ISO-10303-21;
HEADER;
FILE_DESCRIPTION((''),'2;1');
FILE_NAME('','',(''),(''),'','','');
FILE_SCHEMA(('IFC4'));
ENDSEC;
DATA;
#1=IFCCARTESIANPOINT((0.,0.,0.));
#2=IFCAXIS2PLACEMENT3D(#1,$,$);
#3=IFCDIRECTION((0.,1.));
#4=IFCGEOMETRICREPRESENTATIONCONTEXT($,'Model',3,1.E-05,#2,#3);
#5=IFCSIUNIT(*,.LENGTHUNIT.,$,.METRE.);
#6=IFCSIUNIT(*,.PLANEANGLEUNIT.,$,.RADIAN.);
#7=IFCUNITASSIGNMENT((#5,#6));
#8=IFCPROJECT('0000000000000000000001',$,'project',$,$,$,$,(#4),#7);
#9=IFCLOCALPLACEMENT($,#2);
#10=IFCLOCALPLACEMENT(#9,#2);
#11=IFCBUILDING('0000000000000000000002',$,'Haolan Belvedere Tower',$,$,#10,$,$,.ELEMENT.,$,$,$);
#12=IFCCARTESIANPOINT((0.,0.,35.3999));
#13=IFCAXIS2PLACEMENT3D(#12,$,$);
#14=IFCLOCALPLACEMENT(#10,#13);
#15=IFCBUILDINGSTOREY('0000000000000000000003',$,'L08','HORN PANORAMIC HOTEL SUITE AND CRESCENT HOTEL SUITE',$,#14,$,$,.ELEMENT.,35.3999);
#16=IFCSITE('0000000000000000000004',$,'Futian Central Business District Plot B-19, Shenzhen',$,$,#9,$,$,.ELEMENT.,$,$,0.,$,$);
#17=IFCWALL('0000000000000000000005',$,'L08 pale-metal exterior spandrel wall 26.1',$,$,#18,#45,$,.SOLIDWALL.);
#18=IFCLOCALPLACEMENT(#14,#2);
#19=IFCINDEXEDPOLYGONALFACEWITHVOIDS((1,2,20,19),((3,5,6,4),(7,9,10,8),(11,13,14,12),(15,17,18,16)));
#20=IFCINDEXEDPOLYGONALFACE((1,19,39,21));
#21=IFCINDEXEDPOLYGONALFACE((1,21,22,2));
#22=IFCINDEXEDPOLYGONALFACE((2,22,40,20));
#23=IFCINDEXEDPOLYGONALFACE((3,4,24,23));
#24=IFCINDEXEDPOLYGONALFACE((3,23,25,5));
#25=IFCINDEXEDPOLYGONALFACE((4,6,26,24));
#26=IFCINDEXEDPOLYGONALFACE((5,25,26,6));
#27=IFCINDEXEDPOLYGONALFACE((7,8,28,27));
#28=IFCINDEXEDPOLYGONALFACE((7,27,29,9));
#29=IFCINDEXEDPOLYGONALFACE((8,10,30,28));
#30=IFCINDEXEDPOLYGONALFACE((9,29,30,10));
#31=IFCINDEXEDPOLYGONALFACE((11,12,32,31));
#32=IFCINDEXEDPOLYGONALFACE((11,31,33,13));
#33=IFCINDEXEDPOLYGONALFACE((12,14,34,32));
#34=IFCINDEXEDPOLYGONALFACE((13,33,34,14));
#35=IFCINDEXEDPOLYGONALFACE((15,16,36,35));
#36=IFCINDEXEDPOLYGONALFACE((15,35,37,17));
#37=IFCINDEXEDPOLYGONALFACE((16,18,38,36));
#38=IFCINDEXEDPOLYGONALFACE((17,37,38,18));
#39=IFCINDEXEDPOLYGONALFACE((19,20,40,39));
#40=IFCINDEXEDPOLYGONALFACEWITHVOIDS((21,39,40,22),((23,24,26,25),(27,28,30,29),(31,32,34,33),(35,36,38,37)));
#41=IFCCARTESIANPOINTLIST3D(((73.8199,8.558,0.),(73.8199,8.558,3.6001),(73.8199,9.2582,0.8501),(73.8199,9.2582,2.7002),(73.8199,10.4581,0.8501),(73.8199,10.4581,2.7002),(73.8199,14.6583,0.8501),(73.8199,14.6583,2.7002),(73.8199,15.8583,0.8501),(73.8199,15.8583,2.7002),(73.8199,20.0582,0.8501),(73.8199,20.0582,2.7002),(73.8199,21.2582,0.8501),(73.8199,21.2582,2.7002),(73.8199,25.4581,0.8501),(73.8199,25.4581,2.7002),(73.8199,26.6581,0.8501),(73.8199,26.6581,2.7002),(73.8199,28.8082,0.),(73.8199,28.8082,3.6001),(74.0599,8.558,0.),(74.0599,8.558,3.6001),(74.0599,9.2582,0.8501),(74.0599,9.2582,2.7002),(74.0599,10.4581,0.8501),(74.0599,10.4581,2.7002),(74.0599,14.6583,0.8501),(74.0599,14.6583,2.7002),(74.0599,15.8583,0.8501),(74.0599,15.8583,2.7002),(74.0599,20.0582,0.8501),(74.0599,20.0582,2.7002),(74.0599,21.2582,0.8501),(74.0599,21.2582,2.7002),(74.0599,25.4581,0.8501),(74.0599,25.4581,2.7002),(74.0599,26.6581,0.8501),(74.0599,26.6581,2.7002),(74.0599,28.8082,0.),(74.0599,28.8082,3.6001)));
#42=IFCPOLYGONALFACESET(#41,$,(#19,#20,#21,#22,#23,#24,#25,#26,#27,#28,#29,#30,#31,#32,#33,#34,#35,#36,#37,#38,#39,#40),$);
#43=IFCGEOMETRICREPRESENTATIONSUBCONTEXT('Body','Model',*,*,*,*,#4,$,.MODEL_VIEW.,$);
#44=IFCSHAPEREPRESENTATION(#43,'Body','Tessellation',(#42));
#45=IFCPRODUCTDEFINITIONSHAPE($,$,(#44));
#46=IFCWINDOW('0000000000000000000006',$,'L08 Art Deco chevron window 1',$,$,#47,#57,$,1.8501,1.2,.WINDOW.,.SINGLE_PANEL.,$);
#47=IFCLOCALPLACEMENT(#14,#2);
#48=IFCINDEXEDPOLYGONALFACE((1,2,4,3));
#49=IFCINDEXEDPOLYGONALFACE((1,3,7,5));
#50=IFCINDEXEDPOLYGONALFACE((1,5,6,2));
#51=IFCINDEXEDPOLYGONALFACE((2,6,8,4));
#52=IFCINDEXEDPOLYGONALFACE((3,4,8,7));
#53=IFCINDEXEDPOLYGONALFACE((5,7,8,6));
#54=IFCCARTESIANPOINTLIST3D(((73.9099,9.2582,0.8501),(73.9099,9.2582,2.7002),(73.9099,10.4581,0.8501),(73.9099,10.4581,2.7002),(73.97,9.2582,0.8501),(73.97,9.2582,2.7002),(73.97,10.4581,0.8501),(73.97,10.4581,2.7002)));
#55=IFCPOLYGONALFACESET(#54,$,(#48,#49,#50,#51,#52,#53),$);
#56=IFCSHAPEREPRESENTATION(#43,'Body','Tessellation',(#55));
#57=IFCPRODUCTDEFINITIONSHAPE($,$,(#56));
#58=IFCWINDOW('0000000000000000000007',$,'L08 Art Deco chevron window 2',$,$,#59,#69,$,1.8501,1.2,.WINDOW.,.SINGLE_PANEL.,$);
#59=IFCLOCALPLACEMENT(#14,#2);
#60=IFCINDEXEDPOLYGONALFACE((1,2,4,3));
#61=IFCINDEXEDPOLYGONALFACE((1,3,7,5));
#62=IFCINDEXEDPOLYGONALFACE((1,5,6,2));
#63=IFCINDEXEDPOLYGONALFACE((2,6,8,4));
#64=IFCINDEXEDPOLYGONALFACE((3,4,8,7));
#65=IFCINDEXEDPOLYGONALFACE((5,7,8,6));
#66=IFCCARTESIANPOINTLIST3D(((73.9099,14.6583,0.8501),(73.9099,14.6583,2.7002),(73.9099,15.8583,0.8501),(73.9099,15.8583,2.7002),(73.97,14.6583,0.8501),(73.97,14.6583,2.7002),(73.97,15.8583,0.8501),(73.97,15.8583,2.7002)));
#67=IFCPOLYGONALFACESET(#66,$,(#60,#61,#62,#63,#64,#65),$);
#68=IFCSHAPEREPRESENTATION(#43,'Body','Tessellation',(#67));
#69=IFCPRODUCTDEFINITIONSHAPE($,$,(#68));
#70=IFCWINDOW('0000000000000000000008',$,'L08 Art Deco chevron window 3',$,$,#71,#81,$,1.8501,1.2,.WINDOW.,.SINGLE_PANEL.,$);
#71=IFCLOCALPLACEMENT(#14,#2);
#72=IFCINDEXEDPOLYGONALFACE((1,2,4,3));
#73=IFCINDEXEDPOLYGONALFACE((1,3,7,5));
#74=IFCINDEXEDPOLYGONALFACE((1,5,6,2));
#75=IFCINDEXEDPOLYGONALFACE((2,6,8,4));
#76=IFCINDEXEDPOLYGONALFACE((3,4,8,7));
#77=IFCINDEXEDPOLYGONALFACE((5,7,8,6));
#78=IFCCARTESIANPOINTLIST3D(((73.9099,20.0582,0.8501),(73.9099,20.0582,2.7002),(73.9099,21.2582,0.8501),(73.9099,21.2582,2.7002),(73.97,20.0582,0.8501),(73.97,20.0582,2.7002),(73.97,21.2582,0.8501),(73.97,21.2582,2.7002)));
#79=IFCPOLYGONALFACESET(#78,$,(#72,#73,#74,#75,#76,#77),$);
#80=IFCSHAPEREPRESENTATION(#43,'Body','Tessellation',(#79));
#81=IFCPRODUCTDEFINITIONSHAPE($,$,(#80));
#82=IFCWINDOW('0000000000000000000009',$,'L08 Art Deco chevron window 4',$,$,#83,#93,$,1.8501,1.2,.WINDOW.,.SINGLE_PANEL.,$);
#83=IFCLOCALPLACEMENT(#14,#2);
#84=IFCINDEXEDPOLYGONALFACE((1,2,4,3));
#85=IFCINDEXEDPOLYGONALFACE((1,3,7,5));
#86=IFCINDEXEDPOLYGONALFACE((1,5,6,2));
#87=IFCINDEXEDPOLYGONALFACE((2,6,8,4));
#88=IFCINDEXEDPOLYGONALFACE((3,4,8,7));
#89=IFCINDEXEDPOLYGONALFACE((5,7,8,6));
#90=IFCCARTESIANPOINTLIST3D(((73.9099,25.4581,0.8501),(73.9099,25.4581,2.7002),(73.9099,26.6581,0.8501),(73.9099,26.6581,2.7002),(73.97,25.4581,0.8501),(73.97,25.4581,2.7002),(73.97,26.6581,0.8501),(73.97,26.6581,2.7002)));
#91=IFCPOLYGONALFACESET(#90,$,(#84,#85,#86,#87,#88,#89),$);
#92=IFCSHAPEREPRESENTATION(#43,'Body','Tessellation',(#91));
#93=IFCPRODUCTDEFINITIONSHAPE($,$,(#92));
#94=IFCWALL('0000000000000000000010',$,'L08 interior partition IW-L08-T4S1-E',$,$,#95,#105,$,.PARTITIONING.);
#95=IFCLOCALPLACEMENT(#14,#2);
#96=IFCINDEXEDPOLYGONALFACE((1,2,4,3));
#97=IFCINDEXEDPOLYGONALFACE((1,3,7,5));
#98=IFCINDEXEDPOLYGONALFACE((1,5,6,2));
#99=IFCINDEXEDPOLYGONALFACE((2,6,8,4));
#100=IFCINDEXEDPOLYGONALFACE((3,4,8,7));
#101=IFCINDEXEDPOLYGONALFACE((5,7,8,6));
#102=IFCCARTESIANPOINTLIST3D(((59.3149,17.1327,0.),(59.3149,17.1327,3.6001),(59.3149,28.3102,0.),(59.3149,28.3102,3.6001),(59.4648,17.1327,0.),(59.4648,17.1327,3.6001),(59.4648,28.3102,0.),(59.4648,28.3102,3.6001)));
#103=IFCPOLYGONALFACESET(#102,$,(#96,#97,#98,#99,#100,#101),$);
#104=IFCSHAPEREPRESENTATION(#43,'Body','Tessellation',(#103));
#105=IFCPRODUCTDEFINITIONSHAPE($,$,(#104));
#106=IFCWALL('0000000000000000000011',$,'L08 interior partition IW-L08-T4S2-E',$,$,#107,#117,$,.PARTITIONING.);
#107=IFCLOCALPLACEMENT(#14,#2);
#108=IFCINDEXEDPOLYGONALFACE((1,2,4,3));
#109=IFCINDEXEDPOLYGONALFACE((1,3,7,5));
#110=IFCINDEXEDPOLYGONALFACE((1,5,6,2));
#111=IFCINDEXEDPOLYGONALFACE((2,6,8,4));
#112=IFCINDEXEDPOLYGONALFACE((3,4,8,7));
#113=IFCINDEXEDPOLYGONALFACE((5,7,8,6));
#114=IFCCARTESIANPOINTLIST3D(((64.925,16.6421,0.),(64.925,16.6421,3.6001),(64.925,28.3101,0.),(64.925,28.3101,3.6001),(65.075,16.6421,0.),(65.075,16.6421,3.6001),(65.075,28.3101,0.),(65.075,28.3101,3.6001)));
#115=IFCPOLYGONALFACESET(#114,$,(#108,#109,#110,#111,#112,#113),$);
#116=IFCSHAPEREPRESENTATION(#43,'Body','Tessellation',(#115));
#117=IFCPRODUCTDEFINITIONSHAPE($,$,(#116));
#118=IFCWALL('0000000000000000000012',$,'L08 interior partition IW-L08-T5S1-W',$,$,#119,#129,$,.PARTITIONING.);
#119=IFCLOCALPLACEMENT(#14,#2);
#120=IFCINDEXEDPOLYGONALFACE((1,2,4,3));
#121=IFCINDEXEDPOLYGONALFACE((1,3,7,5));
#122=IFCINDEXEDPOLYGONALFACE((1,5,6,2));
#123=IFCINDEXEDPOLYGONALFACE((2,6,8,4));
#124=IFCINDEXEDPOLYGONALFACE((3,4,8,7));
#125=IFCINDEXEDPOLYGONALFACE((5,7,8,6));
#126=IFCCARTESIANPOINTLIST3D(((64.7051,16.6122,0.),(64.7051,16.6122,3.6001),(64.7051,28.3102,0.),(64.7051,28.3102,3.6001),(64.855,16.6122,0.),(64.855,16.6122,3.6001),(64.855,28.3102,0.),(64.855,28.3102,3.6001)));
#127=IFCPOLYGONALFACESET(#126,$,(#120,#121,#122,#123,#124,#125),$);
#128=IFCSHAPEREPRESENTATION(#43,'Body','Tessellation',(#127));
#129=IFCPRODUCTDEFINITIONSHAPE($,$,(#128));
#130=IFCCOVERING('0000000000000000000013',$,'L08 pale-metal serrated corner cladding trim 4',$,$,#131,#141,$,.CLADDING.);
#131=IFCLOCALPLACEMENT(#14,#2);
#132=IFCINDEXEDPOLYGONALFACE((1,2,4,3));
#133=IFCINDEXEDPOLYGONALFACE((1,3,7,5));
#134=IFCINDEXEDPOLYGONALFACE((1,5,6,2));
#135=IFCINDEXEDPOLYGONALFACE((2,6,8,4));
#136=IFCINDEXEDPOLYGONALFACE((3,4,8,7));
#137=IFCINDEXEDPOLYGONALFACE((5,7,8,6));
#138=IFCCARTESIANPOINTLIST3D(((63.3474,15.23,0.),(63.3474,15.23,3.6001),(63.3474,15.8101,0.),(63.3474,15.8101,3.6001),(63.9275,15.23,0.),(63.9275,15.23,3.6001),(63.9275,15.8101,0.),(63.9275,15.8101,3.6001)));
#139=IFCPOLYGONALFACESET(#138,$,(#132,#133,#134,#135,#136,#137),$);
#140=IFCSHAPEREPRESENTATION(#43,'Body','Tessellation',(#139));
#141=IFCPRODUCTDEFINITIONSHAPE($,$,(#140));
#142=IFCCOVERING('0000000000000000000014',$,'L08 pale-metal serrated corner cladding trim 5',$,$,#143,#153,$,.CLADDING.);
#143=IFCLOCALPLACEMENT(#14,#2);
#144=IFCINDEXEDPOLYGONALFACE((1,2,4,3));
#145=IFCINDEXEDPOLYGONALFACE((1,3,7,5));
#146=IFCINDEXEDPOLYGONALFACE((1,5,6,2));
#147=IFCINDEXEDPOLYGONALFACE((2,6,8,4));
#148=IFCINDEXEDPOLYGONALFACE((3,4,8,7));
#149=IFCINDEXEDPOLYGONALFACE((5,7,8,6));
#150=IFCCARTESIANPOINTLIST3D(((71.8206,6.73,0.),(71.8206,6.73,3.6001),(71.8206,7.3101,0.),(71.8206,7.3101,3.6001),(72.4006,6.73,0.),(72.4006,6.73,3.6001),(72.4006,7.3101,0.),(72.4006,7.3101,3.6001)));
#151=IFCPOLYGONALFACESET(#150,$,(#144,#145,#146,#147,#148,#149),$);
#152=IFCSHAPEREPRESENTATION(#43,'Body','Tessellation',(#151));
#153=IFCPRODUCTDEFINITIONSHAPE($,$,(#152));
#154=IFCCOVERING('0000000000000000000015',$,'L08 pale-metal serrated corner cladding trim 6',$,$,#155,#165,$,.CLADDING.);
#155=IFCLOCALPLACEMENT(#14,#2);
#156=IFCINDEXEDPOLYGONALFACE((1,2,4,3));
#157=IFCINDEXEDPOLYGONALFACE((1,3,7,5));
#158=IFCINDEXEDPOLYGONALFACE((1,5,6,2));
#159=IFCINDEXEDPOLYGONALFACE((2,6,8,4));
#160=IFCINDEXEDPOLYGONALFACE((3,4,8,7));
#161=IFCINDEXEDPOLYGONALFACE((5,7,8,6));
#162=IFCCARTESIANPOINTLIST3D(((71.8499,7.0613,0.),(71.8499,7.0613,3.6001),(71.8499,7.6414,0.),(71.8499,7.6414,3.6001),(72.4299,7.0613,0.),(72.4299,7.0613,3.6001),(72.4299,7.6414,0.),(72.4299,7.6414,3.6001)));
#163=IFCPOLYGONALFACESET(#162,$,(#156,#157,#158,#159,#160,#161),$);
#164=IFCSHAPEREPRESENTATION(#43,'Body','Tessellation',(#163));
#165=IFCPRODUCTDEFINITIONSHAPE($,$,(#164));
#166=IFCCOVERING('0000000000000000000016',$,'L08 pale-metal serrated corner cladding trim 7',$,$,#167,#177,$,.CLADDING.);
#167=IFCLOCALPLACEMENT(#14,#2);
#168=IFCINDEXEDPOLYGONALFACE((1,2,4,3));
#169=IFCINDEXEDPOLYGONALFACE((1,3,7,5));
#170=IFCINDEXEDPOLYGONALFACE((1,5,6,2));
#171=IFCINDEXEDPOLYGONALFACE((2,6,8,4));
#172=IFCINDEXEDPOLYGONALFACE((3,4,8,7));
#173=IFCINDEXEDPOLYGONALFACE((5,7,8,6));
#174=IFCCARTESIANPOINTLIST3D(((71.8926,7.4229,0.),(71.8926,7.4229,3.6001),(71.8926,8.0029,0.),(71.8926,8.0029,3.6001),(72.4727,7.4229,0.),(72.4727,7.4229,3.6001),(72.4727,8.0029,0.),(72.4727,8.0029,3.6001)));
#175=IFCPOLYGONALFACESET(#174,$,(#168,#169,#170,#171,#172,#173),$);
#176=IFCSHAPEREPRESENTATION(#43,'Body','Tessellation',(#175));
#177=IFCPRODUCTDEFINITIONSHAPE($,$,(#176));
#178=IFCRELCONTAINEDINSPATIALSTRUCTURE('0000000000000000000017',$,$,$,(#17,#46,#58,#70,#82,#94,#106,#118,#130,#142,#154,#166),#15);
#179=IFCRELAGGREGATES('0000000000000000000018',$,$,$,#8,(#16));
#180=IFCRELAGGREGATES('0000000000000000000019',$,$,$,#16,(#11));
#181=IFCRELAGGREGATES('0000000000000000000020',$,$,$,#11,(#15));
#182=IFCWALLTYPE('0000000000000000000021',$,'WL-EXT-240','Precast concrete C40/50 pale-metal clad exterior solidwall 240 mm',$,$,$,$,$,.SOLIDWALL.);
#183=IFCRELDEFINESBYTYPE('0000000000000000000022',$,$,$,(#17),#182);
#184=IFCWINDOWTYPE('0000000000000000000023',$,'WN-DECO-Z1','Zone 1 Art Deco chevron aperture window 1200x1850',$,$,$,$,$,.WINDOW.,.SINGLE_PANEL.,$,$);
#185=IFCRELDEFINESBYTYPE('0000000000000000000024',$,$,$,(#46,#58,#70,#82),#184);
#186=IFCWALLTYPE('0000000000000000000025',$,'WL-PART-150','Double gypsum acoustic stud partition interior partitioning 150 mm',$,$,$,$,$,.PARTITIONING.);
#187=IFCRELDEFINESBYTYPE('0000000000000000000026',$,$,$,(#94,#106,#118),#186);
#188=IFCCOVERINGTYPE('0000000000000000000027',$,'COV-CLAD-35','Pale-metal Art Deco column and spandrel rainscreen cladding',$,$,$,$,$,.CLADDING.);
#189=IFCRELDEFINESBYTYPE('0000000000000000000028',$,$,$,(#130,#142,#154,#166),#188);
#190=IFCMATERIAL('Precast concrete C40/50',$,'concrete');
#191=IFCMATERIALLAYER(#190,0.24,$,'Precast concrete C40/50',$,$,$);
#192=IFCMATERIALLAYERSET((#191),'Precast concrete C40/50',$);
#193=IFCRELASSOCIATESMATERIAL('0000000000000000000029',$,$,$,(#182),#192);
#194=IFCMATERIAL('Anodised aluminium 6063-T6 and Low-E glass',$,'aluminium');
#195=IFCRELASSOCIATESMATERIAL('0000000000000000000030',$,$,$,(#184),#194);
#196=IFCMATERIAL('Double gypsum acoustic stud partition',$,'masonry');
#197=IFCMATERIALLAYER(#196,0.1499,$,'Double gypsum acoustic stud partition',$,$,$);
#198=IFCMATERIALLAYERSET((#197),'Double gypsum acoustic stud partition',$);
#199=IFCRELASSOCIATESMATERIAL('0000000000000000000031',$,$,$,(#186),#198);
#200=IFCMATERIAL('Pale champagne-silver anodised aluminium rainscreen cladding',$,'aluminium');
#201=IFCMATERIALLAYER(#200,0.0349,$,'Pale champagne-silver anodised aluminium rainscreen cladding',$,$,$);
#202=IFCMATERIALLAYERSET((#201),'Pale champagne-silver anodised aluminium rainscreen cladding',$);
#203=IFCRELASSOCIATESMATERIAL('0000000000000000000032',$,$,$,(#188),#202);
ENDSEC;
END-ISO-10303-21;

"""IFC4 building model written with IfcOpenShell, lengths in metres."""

from ifc_helpers import new_model, si_unit, direction, frame, frame_2d, origin, origin_2d, place, context, subcontext, project, spatial, rectangle, extrude, material, layer, layer_set, type_object, element, fill, save


model = new_model("IFC4")

# Units and contexts
model_context = context("Model", 3, precision=1e-05, world=origin(), true_north=direction((0.0, 1.0)))
body_context = subcontext(model_context, "Body", "Model", "MODEL_VIEW")
ifc_project = project(units=[si_unit("LENGTHUNIT", "METRE"), si_unit("PLANEANGLEUNIT", "RADIAN")], contexts=[model_context])

# Site, building, storey
site_placement = place(None, origin())
site = spatial("IfcSite", under=ifc_project, at=site_placement, Name="Futian Central Business District Plot B-19, Shenzhen", CompositionType="ELEMENT", RefElevation=0.0)
building_placement = place(site_placement, origin())
building = spatial("IfcBuilding", under=site, at=building_placement, Name="Haolan Belvedere Tower", CompositionType="ELEMENT")
storey_placement = place(building_placement, frame((0.0, 0.0, 35.3999)))
storey = spatial("IfcBuildingStorey", under=building, at=storey_placement, Name="L08", Description="HORN PANORAMIC HOTEL SUITE AND CRESCENT HOTEL SUITE", CompositionType="ELEMENT", Elevation=35.3999)

# Shared definitions
ifc_material_1 = material(Name="Precast concrete C40/50", Category="concrete")
ifc_layer_1 = layer(ifc_material_1, 0.24, Name="Precast concrete C40/50")
ifc_layer_set_1 = layer_set([ifc_layer_1], Name="Precast concrete C40/50")
wall_type_1 = type_object("IfcWallType", Name="WL-EXT-240", Description="Precast concrete C40/50 pale-metal clad exterior solidwall 240 mm", PredefinedType="SOLIDWALL", material=ifc_layer_set_1)

# Shared definitions
ifc_material_2 = material(Name="Anodised aluminium 6063-T6 and Low-E glass", Category="aluminium")
window_type = type_object("IfcWindowType", Name="WN-DECO-Z1", Description="Zone 1 Art Deco chevron aperture window 1200x1850", PartitioningType="SINGLE_PANEL", PredefinedType="WINDOW", material=ifc_material_2)

# Wall, openings, windows
wall_1_placement = place(storey_placement, frame((73.9399, 8.5581, 0.0), z_axis=(0.0, 0.0, 1.0), x_axis=(0.0, 1.0, 0.0)))
wall_1 = element("IfcWall", 1, at=wall_1_placement, inside=storey, type_object=wall_type_1, Name="L08 pale-metal exterior spandrel wall 26.1", PredefinedType="SOLIDWALL", context=body_context, shape_type="SweptSolid", body=[
    extrude(rectangle(XDim=20.2502, YDim=0.24, at=frame_2d((10.125, 0.0))), origin(), (0.0, 0.0, 1.0), 3.6001),
])
opening_1_placement = place(wall_1_placement, frame((0.7, 0.0, 0.8501)))
opening_1 = element("IfcOpeningElement", 2, at=opening_1_placement, cuts=wall_1, PredefinedType="OPENING", context=body_context, shape_type="SweptSolid", body=[
    extrude(rectangle(XDim=1.2, YDim=1.8501, at=frame_2d((0.6001, 0.925))), frame((0.0, 0.1299, 0.0), z_axis=(0.0, -1.0, 0.0), x_axis=(1.0, 0.0, 0.0)), (0.0, 0.0, 1.0), 0.26),
])
opening_2_placement = place(wall_1_placement, frame((6.1001, 0.0, 0.8501)))
opening_2 = element("IfcOpeningElement", 3, at=opening_2_placement, cuts=wall_1, PredefinedType="OPENING", context=body_context, shape_type="SweptSolid", body=[
    extrude(rectangle(XDim=1.2, YDim=1.8501, at=frame_2d((0.6001, 0.925))), frame((0.0, 0.1299, 0.0), z_axis=(0.0, -1.0, 0.0), x_axis=(1.0, 0.0, 0.0)), (0.0, 0.0, 1.0), 0.26),
])
opening_3_placement = place(wall_1_placement, frame((11.5, 0.0, 0.8501)))
opening_3 = element("IfcOpeningElement", 4, at=opening_3_placement, cuts=wall_1, PredefinedType="OPENING", context=body_context, shape_type="SweptSolid", body=[
    extrude(rectangle(XDim=1.2, YDim=1.8501, at=frame_2d((0.6001, 0.925))), frame((0.0, 0.1299, 0.0), z_axis=(0.0, -1.0, 0.0), x_axis=(1.0, 0.0, 0.0)), (0.0, 0.0, 1.0), 0.26),
])
opening_4_placement = place(wall_1_placement, frame((16.8999, 0.0, 0.8501)))
opening_4 = element("IfcOpeningElement", 5, at=opening_4_placement, cuts=wall_1, PredefinedType="OPENING", context=body_context, shape_type="SweptSolid", body=[
    extrude(rectangle(XDim=1.2, YDim=1.8501, at=frame_2d((0.6001, 0.925))), frame((0.0, 0.1299, 0.0), z_axis=(0.0, -1.0, 0.0), x_axis=(1.0, 0.0, 0.0)), (0.0, 0.0, 1.0), 0.26),
])
window_1_placement = place(opening_1_placement, origin())
window_1 = element("IfcWindow", 6, at=window_1_placement, inside=storey, type_object=window_type, Name="L08 Art Deco chevron window 1", OverallHeight=1.8501, OverallWidth=1.2, PartitioningType="SINGLE_PANEL", PredefinedType="WINDOW", context=body_context, shape_type="SweptSolid", body=[
    extrude(rectangle(XDim=1.2, YDim=1.8501, at=frame_2d((0.6001, 0.925))), frame((0.0, 0.03, 0.0), z_axis=(0.0, -1.0, 0.0), x_axis=(1.0, 0.0, 0.0)), (0.0, 0.0, 1.0), 0.0601),
])
fill(opening_1, window_1)
window_2_placement = place(opening_2_placement, origin())
window_2 = element("IfcWindow", 7, at=window_2_placement, inside=storey, type_object=window_type, Name="L08 Art Deco chevron window 2", OverallHeight=1.8501, OverallWidth=1.2, PartitioningType="SINGLE_PANEL", PredefinedType="WINDOW", context=body_context, shape_type="SweptSolid", body=[
    extrude(rectangle(XDim=1.2, YDim=1.8501, at=frame_2d((0.6001, 0.925))), frame((0.0, 0.03, 0.0), z_axis=(0.0, -1.0, 0.0), x_axis=(1.0, 0.0, 0.0)), (0.0, 0.0, 1.0), 0.0601),
])
fill(opening_2, window_2)
window_3_placement = place(opening_3_placement, origin())
window_3 = element("IfcWindow", 8, at=window_3_placement, inside=storey, type_object=window_type, Name="L08 Art Deco chevron window 3", OverallHeight=1.8501, OverallWidth=1.2, PartitioningType="SINGLE_PANEL", PredefinedType="WINDOW", context=body_context, shape_type="SweptSolid", body=[
    extrude(rectangle(XDim=1.2, YDim=1.8501, at=frame_2d((0.6001, 0.925))), frame((0.0, 0.03, 0.0), z_axis=(0.0, -1.0, 0.0), x_axis=(1.0, 0.0, 0.0)), (0.0, 0.0, 1.0), 0.0601),
])
fill(opening_3, window_3)
window_4_placement = place(opening_4_placement, origin())
window_4 = element("IfcWindow", 9, at=window_4_placement, inside=storey, type_object=window_type, Name="L08 Art Deco chevron window 4", OverallHeight=1.8501, OverallWidth=1.2, PartitioningType="SINGLE_PANEL", PredefinedType="WINDOW", context=body_context, shape_type="SweptSolid", body=[
    extrude(rectangle(XDim=1.2, YDim=1.8501, at=frame_2d((0.6001, 0.925))), frame((0.0, 0.03, 0.0), z_axis=(0.0, -1.0, 0.0), x_axis=(1.0, 0.0, 0.0)), (0.0, 0.0, 1.0), 0.0601),
])
fill(opening_4, window_4)

# Walls
ifc_material_3 = material(Name="Double gypsum acoustic stud partition", Category="masonry")
ifc_layer_2 = layer(ifc_material_3, 0.1499, Name="Double gypsum acoustic stud partition")
ifc_layer_set_2 = layer_set([ifc_layer_2], Name="Double gypsum acoustic stud partition")
wall_type_2 = type_object("IfcWallType", Name="WL-PART-150", Description="Double gypsum acoustic stud partition interior partitioning 150 mm", PredefinedType="PARTITIONING", material=ifc_layer_set_2)
wall_2_placement = place(storey_placement, frame((59.3899, 17.1326, 0.0), z_axis=(0.0, 0.0, 1.0), x_axis=(0.0, 1.0, 0.0)))
element("IfcWall", 10, at=wall_2_placement, inside=storey, type_object=wall_type_2, Name="L08 interior partition IW-L08-T4S1-E", PredefinedType="PARTITIONING", context=body_context, shape_type="SweptSolid", body=[
    extrude(rectangle(XDim=11.1775, YDim=0.1499, at=frame_2d((5.5889, 0.0))), origin(), (0.0, 0.0, 1.0), 3.6001),
])
wall_3_placement = place(storey_placement, frame((65.0, 16.6421, 0.0), z_axis=(0.0, 0.0, 1.0), x_axis=(0.0, 1.0, 0.0)))
element("IfcWall", 11, at=wall_3_placement, inside=storey, type_object=wall_type_2, Name="L08 interior partition IW-L08-T4S2-E", PredefinedType="PARTITIONING", context=body_context, shape_type="SweptSolid", body=[
    extrude(rectangle(XDim=11.668, YDim=0.1499, at=frame_2d((5.834, 0.0))), origin(), (0.0, 0.0, 1.0), 3.6001),
])
wall_4_placement = place(storey_placement, frame((64.78, 16.6121, 0.0), z_axis=(0.0, 0.0, 1.0), x_axis=(0.0, 1.0, 0.0)))
element("IfcWall", 12, at=wall_4_placement, inside=storey, type_object=wall_type_2, Name="L08 interior partition IW-L08-T5S1-W", PredefinedType="PARTITIONING", context=body_context, shape_type="SweptSolid", body=[
    extrude(rectangle(XDim=11.698, YDim=0.1499, at=frame_2d((5.8491, 0.0))), origin(), (0.0, 0.0, 1.0), 3.6001),
])

# Coverings
ifc_material_4 = material(Name="Pale champagne-silver anodised aluminium rainscreen cladding", Category="aluminium")
ifc_layer_3 = layer(ifc_material_4, 0.0349, Name="Pale champagne-silver anodised aluminium rainscreen cladding")
ifc_layer_set_3 = layer_set([ifc_layer_3], Name="Pale champagne-silver anodised aluminium rainscreen cladding")
covering_type = type_object("IfcCoveringType", Name="COV-CLAD-35", Description="Pale-metal Art Deco column and spandrel rainscreen cladding", PredefinedType="CLADDING", material=ifc_layer_set_3)
for number, where, z_axis, x_axis, name in (
    (13, (63.6375, 15.52, 0.0), (0.0, 0.0, 1.0), (1.0, 0.0, 0.0), "L08 pale-metal serrated corner cladding trim 4"),
    (14, (72.1106, 7.02, 0.0), (0.0, 0.0, 1.0), (1.0, 0.0, 0.0), "L08 pale-metal serrated corner cladding trim 5"),
    (15, (72.1399, 7.3513, 0.0), (0.0, 0.0, 1.0), (1.0, 0.0, 0.0), "L08 pale-metal serrated corner cladding trim 6"),
    (16, (72.1826, 7.7129, 0.0), (0.0, 0.0, 1.0), (1.0, 0.0, 0.0), "L08 pale-metal serrated corner cladding trim 7"),
):
    element("IfcCovering", number, at=place(storey_placement, frame(where, z_axis=z_axis, x_axis=x_axis)), inside=storey, type_object=covering_type, Name=name, PredefinedType="CLADDING", context=body_context, shape_type="SweptSolid", body=[
        extrude(rectangle(XDim=0.5801, YDim=0.5801, at=origin_2d()), origin(), (0.0, 0.0, 1.0), 3.6001),
    ])

save(model, "model.ifc")
